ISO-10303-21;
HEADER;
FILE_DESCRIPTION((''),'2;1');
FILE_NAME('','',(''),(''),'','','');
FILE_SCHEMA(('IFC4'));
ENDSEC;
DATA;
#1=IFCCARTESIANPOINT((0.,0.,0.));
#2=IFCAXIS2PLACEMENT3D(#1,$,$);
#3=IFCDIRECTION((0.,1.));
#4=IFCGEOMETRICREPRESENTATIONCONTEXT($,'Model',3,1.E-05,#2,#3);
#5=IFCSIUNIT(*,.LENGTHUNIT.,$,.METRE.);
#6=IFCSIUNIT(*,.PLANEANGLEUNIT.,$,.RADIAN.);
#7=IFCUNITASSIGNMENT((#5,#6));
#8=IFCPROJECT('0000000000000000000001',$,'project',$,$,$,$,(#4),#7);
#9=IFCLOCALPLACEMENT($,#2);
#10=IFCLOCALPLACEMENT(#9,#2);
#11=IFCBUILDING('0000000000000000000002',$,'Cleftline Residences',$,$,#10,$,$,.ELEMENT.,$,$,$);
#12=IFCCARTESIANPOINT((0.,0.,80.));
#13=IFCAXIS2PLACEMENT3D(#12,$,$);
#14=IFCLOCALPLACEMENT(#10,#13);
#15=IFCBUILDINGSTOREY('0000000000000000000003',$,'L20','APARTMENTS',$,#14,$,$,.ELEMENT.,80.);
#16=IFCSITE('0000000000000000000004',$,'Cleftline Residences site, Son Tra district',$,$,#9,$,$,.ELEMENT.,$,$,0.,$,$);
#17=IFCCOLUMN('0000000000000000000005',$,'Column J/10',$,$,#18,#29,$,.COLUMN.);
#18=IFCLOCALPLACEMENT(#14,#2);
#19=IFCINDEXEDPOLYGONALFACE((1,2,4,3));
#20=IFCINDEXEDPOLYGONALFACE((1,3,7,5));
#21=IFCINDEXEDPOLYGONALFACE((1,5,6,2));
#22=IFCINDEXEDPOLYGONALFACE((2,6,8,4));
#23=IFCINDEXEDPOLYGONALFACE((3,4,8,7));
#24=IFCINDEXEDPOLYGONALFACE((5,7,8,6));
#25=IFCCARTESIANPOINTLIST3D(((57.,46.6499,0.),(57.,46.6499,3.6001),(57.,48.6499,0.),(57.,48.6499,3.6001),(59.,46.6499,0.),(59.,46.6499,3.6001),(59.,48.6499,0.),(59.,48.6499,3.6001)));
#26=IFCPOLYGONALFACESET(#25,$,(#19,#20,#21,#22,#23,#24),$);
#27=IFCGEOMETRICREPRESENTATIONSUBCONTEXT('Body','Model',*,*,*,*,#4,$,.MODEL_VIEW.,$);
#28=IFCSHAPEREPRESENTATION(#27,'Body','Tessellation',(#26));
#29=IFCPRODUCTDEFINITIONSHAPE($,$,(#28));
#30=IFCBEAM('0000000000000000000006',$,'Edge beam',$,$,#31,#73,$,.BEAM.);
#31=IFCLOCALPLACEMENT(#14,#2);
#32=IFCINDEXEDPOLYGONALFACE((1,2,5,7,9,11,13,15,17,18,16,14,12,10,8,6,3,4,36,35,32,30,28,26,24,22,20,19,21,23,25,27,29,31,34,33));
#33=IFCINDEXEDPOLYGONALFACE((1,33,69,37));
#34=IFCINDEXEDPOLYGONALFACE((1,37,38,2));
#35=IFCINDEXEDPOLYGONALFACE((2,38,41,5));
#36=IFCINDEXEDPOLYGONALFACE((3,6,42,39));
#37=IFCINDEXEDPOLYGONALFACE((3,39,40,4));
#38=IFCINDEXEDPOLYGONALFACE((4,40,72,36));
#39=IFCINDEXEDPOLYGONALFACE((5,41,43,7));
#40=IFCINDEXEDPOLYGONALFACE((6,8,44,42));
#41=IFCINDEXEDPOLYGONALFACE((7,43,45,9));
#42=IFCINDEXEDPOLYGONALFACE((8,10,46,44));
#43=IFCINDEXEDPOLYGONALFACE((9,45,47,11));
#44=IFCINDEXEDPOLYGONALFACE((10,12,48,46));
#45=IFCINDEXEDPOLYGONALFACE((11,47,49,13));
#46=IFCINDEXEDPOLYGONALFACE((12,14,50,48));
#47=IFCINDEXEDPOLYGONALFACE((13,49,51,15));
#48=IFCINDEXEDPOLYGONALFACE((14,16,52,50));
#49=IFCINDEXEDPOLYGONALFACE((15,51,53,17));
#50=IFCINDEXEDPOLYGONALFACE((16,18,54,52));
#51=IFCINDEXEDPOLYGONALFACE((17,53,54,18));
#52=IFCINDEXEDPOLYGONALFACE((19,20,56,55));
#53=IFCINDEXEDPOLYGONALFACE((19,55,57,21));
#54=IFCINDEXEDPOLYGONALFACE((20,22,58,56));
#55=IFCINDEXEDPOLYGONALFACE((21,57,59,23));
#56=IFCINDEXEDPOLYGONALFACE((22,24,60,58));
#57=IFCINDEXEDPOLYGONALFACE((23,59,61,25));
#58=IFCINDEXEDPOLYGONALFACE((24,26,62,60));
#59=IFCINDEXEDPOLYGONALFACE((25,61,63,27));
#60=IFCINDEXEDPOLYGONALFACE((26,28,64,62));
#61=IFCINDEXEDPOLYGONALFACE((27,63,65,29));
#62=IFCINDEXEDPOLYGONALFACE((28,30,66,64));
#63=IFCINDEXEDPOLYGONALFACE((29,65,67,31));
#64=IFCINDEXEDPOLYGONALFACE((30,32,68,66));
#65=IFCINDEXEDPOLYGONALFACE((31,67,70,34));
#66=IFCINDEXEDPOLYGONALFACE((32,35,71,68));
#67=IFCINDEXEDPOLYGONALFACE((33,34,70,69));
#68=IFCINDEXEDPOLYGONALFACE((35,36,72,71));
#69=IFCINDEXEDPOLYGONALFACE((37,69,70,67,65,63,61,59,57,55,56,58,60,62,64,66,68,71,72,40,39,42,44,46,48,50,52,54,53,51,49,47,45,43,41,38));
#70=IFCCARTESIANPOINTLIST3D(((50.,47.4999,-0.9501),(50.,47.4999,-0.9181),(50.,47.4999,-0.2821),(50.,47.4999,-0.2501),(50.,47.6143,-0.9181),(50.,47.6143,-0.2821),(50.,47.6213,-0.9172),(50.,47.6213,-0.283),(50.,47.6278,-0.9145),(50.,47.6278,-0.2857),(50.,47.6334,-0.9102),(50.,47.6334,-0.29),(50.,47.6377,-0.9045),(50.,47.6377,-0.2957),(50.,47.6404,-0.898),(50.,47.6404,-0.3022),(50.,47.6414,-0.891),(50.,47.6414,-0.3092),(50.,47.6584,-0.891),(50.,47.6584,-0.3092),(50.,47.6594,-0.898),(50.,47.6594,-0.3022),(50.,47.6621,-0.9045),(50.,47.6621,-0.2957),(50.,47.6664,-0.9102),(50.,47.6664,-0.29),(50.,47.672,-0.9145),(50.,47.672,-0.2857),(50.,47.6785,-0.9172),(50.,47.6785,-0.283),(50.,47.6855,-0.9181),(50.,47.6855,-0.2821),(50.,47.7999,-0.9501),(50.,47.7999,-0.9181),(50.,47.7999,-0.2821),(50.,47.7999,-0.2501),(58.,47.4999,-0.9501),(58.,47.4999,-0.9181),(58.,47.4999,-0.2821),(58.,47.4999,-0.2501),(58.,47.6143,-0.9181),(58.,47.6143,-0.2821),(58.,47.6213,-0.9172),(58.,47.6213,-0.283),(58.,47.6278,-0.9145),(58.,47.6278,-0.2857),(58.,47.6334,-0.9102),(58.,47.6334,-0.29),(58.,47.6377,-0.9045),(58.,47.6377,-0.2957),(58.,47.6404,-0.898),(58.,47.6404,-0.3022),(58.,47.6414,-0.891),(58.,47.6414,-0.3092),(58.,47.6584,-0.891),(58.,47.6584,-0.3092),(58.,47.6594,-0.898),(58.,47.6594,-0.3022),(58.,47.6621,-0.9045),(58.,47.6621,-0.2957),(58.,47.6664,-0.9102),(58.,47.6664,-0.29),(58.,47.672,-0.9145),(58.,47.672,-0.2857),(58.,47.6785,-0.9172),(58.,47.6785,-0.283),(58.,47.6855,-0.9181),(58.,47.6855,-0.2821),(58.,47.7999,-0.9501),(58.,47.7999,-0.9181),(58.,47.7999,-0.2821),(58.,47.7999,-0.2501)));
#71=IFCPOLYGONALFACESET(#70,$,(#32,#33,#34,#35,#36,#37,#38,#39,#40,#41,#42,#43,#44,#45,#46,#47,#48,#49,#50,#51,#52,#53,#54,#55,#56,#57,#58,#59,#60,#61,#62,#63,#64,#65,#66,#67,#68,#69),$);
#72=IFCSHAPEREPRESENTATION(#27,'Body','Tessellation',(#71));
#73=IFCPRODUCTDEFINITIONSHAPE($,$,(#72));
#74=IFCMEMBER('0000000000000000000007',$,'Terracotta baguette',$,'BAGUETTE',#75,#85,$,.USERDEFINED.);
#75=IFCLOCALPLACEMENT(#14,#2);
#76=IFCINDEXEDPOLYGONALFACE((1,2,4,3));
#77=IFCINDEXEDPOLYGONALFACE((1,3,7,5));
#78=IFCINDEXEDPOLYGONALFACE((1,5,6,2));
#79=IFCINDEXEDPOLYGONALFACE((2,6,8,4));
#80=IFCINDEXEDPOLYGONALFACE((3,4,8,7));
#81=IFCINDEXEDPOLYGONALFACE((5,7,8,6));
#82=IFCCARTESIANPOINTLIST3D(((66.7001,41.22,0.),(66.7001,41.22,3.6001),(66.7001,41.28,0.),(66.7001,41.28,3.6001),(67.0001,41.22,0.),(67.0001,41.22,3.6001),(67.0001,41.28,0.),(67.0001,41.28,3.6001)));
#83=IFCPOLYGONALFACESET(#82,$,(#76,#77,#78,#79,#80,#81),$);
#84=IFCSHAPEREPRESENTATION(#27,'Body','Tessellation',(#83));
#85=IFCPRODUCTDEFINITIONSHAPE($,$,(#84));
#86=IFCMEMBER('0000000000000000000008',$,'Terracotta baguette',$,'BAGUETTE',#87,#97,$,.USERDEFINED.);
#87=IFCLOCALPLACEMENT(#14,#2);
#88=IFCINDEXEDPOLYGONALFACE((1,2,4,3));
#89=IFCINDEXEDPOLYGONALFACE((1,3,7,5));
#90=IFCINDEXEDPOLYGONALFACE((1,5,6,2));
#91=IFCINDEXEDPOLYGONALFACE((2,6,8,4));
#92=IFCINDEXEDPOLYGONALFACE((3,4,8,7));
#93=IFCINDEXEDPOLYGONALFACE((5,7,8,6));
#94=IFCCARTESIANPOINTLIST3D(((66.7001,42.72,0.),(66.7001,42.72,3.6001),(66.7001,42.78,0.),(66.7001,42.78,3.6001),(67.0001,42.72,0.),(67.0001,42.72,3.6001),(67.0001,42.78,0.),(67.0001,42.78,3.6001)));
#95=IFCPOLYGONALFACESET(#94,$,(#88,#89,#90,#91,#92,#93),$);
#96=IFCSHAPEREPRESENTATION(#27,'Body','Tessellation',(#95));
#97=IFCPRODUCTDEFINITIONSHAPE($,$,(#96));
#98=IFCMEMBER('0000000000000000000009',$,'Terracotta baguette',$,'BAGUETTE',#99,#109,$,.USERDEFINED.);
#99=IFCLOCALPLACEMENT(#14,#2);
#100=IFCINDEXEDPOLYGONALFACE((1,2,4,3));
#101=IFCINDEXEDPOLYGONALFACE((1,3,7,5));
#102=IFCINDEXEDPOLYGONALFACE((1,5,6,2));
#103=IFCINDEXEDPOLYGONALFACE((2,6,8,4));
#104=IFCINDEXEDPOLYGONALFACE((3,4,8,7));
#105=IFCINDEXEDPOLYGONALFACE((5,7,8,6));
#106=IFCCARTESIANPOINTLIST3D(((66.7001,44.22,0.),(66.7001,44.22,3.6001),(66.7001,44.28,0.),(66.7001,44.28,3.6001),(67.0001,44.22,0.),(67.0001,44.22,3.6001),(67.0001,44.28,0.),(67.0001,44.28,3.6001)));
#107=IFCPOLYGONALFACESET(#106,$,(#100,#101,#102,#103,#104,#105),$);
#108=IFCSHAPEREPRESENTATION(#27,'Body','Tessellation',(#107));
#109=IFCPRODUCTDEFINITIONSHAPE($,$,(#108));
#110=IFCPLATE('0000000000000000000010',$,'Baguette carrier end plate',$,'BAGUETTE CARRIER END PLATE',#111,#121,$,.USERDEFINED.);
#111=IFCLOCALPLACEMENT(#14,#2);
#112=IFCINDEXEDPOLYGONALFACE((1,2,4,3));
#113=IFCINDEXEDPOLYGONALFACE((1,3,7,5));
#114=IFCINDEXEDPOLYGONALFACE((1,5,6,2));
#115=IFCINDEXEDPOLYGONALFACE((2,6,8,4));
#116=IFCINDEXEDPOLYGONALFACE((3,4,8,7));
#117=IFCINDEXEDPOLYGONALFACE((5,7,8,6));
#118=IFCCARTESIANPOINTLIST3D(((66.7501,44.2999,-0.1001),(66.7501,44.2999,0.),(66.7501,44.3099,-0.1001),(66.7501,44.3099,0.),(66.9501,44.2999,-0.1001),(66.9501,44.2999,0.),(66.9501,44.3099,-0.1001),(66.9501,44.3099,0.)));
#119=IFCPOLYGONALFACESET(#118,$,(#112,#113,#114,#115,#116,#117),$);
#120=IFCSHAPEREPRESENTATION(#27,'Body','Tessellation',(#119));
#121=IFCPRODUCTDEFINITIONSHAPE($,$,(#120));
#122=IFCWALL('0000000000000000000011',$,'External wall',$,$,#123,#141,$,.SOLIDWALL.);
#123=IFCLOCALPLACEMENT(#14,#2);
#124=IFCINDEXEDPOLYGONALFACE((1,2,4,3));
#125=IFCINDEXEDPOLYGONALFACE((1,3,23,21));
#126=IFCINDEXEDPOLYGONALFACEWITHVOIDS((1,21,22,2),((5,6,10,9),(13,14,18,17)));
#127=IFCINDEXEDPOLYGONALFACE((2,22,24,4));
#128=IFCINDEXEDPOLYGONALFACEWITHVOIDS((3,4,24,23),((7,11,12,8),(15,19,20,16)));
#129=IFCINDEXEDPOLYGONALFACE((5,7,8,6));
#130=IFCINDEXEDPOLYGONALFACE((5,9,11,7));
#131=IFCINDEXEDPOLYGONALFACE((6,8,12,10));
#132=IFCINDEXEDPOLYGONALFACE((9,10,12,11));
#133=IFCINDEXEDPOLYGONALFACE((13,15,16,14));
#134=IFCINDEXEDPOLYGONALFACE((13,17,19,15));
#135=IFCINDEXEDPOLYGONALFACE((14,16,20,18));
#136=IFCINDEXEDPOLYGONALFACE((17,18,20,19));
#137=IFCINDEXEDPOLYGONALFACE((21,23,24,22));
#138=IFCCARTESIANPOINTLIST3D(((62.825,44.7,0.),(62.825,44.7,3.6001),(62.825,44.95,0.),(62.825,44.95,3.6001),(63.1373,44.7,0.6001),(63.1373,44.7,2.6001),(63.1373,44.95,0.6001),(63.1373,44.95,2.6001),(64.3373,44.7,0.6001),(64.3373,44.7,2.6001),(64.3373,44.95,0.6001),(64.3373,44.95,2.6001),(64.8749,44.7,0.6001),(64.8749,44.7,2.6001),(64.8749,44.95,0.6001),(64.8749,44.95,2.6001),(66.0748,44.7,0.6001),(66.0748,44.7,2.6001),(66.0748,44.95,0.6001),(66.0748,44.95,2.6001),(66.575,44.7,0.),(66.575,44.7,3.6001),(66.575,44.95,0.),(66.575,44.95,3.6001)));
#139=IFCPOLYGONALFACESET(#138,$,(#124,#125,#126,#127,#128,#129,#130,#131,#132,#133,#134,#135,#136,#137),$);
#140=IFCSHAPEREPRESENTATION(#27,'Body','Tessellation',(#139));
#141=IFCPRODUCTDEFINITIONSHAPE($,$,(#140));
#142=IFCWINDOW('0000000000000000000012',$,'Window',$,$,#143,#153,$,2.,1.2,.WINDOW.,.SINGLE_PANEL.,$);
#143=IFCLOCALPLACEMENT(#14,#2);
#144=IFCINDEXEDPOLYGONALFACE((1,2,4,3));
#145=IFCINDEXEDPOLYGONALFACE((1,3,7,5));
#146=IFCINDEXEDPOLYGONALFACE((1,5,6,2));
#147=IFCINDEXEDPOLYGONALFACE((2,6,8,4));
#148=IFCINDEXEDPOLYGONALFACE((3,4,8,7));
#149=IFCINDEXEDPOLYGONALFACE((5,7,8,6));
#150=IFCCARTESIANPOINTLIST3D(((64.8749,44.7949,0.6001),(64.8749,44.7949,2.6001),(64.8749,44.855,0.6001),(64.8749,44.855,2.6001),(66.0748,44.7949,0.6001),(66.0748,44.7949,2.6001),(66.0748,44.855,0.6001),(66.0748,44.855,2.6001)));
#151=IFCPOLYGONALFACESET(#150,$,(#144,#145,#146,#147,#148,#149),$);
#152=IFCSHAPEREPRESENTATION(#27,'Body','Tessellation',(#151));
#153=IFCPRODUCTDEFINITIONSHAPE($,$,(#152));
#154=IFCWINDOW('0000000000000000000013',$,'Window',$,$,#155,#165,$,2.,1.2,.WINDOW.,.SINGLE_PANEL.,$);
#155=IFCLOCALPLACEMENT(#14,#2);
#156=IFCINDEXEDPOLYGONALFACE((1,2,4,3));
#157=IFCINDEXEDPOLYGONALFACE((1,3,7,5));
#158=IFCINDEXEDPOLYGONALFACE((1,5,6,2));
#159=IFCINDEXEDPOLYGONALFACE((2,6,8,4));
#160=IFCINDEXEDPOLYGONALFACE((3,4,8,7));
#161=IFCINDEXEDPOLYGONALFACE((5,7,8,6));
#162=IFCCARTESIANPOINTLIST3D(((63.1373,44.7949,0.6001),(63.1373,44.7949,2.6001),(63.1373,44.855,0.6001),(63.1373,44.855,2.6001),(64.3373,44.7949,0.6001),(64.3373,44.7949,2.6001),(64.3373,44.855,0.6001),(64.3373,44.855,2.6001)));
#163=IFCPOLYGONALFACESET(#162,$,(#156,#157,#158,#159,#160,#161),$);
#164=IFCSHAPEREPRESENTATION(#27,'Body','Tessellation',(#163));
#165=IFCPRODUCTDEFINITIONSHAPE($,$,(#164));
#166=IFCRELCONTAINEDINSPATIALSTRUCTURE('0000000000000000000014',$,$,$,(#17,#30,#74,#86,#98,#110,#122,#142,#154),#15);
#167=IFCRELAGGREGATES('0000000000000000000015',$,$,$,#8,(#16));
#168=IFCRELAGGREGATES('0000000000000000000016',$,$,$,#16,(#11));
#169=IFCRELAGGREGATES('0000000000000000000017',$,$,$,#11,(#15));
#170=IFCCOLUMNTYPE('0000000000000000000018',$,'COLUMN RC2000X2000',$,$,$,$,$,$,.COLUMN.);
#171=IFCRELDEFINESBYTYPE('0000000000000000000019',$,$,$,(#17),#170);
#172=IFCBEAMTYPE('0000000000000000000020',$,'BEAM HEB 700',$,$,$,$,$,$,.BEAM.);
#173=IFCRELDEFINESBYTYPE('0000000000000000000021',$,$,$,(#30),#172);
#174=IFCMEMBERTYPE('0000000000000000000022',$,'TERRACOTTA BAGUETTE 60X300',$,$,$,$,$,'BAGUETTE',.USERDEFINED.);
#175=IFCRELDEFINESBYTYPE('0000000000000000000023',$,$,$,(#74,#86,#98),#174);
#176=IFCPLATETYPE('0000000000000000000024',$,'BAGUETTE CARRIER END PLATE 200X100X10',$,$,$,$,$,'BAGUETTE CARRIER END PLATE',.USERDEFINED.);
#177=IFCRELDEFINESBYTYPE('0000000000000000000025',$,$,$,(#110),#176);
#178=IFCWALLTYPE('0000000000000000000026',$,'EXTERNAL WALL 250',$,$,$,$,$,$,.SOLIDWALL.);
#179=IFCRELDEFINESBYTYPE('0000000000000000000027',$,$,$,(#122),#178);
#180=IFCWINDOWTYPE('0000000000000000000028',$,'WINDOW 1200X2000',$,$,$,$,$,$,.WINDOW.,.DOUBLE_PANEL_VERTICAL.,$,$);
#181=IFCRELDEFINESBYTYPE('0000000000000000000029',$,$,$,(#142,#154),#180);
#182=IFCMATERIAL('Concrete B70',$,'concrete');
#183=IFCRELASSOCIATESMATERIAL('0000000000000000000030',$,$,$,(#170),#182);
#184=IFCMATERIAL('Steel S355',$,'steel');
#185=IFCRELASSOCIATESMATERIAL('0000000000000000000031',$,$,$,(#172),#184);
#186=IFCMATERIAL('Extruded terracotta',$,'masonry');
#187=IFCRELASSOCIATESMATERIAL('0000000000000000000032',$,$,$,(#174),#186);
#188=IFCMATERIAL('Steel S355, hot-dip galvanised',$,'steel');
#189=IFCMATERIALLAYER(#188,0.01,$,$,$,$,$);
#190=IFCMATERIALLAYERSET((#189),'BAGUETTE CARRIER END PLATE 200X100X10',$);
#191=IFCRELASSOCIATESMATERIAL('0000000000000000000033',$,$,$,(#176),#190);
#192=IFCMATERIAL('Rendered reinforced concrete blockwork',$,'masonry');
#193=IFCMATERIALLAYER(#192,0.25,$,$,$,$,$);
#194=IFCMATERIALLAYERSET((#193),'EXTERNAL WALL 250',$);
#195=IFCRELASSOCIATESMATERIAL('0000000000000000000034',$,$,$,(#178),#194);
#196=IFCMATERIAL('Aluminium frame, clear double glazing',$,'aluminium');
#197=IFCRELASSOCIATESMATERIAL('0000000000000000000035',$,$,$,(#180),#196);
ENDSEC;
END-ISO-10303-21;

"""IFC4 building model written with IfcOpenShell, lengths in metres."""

from ifc_helpers import new_model, si_unit, direction, frame, frame_2d, origin, origin_2d, place, context, subcontext, project, spatial, rectangle, i_section, extrude, material, layer, layer_set, material_profile, profile_set, type_object, element, fill, save


model = new_model("IFC4")

# Units and contexts
model_context = context("Model", 3, precision=1e-05, world=origin(), true_north=direction((0.0, 1.0)))
body_context = subcontext(model_context, "Body", "Model", "MODEL_VIEW")
ifc_project = project(units=[si_unit("LENGTHUNIT", "METRE"), si_unit("PLANEANGLEUNIT", "RADIAN")], contexts=[model_context])

# Site, building, storey
site_placement = place(None, origin())
site = spatial("IfcSite", under=ifc_project, at=site_placement, Name="Cleftline Residences site, Son Tra district", CompositionType="ELEMENT", RefElevation=0.0)
building_placement = place(site_placement, origin())
building = spatial("IfcBuilding", under=site, at=building_placement, Name="Cleftline Residences", CompositionType="ELEMENT")
storey_placement = place(building_placement, frame((0.0, 0.0, 80.0)))
storey = spatial("IfcBuildingStorey", under=building, at=storey_placement, Name="L20", Description="APARTMENTS", CompositionType="ELEMENT", Elevation=80.0)

# Column
ifc_material_1 = material(Name="Concrete B70", Category="concrete")
ifc_material_profile_1 = material_profile(ifc_material_1, rectangle(XDim=2.0, YDim=2.0, at=origin_2d()))
ifc_profile_set_1 = profile_set([ifc_material_profile_1], Name="Concrete B70")
column_type = type_object("IfcColumnType", Name="COLUMN RC2000X2000", PredefinedType="COLUMN", material=ifc_profile_set_1)
column_placement = place(storey_placement, frame((58.0, 47.6499, 0.0), z_axis=(0.0, 0.0, 1.0), x_axis=(1.0, 0.0, 0.0)))
element("IfcColumn", 1, at=column_placement, inside=storey, type_object=column_type, Name="Column J/10", PredefinedType="COLUMN", context=body_context, shape_type="SweptSolid", body=[
    extrude(rectangle(XDim=2.0, YDim=2.0, at=origin_2d()), origin(), (0.0, 0.0, 1.0), 3.6001),
])

# Beam
ifc_material_2 = material(Name="Steel S355", Category="steel")
ifc_material_profile_2 = material_profile(ifc_material_2, i_section(OverallWidth=0.3, OverallDepth=0.7, WebThickness=0.0171, FlangeThickness=0.032, FilletRadius=0.0271, at=origin_2d()))
ifc_profile_set_2 = profile_set([ifc_material_profile_2], Name="Steel S355")
beam_type = type_object("IfcBeamType", Name="BEAM HEB 700", PredefinedType="BEAM", material=ifc_profile_set_2)
beam_placement = place(storey_placement, frame((58.0, 47.6499, -0.6001), z_axis=(-1.0, 0.0, 0.0), x_axis=(0.0, -1.0, 0.0)))
element("IfcBeam", 2, at=beam_placement, inside=storey, type_object=beam_type, Name="Edge beam", PredefinedType="BEAM", context=body_context, shape_type="SweptSolid", body=[
    extrude(i_section(OverallWidth=0.3, OverallDepth=0.7, WebThickness=0.0171, FlangeThickness=0.032, FilletRadius=0.0271, at=origin_2d()), origin(), (0.0, 0.0, 1.0), 8.0),
])

# Members
ifc_material_3 = material(Name="Extruded terracotta", Category="masonry")
ifc_material_profile_3 = material_profile(ifc_material_3, rectangle(XDim=0.0601, YDim=0.3, at=origin_2d()))
ifc_profile_set_3 = profile_set([ifc_material_profile_3], Name="Extruded terracotta")
member_type = type_object("IfcMemberType", Name="TERRACOTTA BAGUETTE 60X300", ElementType="BAGUETTE", PredefinedType="USERDEFINED", material=ifc_profile_set_3)
for number, where, z_axis, x_axis, name in (
    (3, (66.8501, 41.25, 0.0), (0.0, 0.0, 1.0), (0.0, 1.0, 0.0), "Terracotta baguette"),
    (4, (66.8501, 42.75, 0.0), (0.0, 0.0, 1.0), (0.0, 1.0, 0.0), "Terracotta baguette"),
    (5, (66.8501, 44.25, 0.0), (0.0, 0.0, 1.0), (0.0, 1.0, 0.0), "Terracotta baguette"),
):
    element("IfcMember", number, at=place(storey_placement, frame(where, z_axis=z_axis, x_axis=x_axis)), inside=storey, type_object=member_type, Name=name, ObjectType="BAGUETTE", PredefinedType="USERDEFINED", context=body_context, shape_type="SweptSolid", body=[
        extrude(rectangle(XDim=0.0601, YDim=0.3, at=origin_2d()), origin(), (0.0, 0.0, 1.0), 3.6001),
    ])

# Plate
ifc_material_4 = material(Name="Steel S355, hot-dip galvanised", Category="steel")
ifc_layer_1 = layer(ifc_material_4, 0.01)
ifc_layer_set_1 = layer_set([ifc_layer_1], Name="BAGUETTE CARRIER END PLATE 200X100X10")
plate_type = type_object("IfcPlateType", Name="BAGUETTE CARRIER END PLATE 200X100X10", ElementType="BAGUETTE CARRIER END PLATE", PredefinedType="USERDEFINED", material=ifc_layer_set_1)
plate_placement = place(storey_placement, frame((66.8501, 44.3049, -0.1001), z_axis=(0.0, 0.0, 1.0), x_axis=(1.0, 0.0, 0.0)))
element("IfcPlate", 6, at=plate_placement, inside=storey, type_object=plate_type, Name="Baguette carrier end plate", ObjectType="BAGUETTE CARRIER END PLATE", PredefinedType="USERDEFINED", context=body_context, shape_type="SweptSolid", body=[
    extrude(rectangle(XDim=0.2, YDim=0.01, at=origin_2d()), origin(), (0.0, 0.0, 1.0), 0.1001),
])

# Wall, openings, windows
ifc_material_5 = material(Name="Rendered reinforced concrete blockwork", Category="masonry")
ifc_layer_2 = layer(ifc_material_5, 0.25)
ifc_layer_set_2 = layer_set([ifc_layer_2], Name="EXTERNAL WALL 250")
wall_type_1 = type_object("IfcWallType", Name="EXTERNAL WALL 250", PredefinedType="SOLIDWALL", material=ifc_layer_set_2)
wall_1_placement = place(storey_placement, frame((66.575, 44.825, 0.0), z_axis=(0.0, 0.0, 1.0), x_axis=(-1.0, 0.0, 0.0)))
wall_1 = element("IfcWall", 7, at=wall_1_placement, inside=storey, type_object=wall_type_1, Name="External wall", PredefinedType="SOLIDWALL", context=body_context, shape_type="SweptSolid", body=[
    extrude(rectangle(XDim=3.75, YDim=0.25, at=frame_2d((1.875, 0.0))), origin(), (0.0, 0.0, 1.0), 3.6001),
])
opening_1_placement = place(wall_1_placement, frame((0.5, 0.0, 0.6001)))
opening_1 = element("IfcOpeningElement", 8, at=opening_1_placement, cuts=wall_1, PredefinedType="OPENING", context=body_context, shape_type="SweptSolid", body=[
    extrude(rectangle(XDim=1.2, YDim=2.0, at=frame_2d((0.6001, 1.0))), frame((0.0, 0.135, 0.0), z_axis=(0.0, -1.0, 0.0), x_axis=(1.0, 0.0, 0.0)), (0.0, 0.0, 1.0), 0.27),
])
opening_2_placement = place(wall_1_placement, frame((2.2375, 0.0, 0.6001)))
opening_2 = element("IfcOpeningElement", 9, at=opening_2_placement, cuts=wall_1, PredefinedType="OPENING", context=body_context, shape_type="SweptSolid", body=[
    extrude(rectangle(XDim=1.2, YDim=2.0, at=frame_2d((0.6001, 1.0))), frame((0.0, 0.135, 0.0), z_axis=(0.0, -1.0, 0.0), x_axis=(1.0, 0.0, 0.0)), (0.0, 0.0, 1.0), 0.27),
])
ifc_material_6 = material(Name="Aluminium frame, clear double glazing", Category="aluminium")
window_type_1 = type_object("IfcWindowType", Name="WINDOW 1200X2000", PartitioningType="DOUBLE_PANEL_VERTICAL", PredefinedType="WINDOW", material=ifc_material_6)
window_1_placement = place(opening_1_placement, origin())
window_1 = element("IfcWindow", 10, at=window_1_placement, inside=storey, type_object=window_type_1, Name="Window", OverallHeight=2.0, OverallWidth=1.2, PartitioningType="SINGLE_PANEL", PredefinedType="WINDOW", context=body_context, shape_type="SweptSolid", body=[
    extrude(rectangle(XDim=1.2, YDim=2.0, at=frame_2d((0.6001, 1.0))), frame((0.0, 0.03, 0.0), z_axis=(0.0, -1.0, 0.0), x_axis=(1.0, 0.0, 0.0)), (0.0, 0.0, 1.0), 0.0601),
])
fill(opening_1, window_1)
window_2_placement = place(opening_2_placement, origin())
window_2 = element("IfcWindow", 11, at=window_2_placement, inside=storey, type_object=window_type_1, Name="Window", OverallHeight=2.0, OverallWidth=1.2, PartitioningType="SINGLE_PANEL", PredefinedType="WINDOW", context=body_context, shape_type="SweptSolid", body=[
    extrude(rectangle(XDim=1.2, YDim=2.0, at=frame_2d((0.6001, 1.0))), frame((0.0, 0.03, 0.0), z_axis=(0.0, -1.0, 0.0), x_axis=(1.0, 0.0, 0.0)), (0.0, 0.0, 1.0), 0.0601),
])
fill(opening_2, window_2)

save(model, "model.ifc")
